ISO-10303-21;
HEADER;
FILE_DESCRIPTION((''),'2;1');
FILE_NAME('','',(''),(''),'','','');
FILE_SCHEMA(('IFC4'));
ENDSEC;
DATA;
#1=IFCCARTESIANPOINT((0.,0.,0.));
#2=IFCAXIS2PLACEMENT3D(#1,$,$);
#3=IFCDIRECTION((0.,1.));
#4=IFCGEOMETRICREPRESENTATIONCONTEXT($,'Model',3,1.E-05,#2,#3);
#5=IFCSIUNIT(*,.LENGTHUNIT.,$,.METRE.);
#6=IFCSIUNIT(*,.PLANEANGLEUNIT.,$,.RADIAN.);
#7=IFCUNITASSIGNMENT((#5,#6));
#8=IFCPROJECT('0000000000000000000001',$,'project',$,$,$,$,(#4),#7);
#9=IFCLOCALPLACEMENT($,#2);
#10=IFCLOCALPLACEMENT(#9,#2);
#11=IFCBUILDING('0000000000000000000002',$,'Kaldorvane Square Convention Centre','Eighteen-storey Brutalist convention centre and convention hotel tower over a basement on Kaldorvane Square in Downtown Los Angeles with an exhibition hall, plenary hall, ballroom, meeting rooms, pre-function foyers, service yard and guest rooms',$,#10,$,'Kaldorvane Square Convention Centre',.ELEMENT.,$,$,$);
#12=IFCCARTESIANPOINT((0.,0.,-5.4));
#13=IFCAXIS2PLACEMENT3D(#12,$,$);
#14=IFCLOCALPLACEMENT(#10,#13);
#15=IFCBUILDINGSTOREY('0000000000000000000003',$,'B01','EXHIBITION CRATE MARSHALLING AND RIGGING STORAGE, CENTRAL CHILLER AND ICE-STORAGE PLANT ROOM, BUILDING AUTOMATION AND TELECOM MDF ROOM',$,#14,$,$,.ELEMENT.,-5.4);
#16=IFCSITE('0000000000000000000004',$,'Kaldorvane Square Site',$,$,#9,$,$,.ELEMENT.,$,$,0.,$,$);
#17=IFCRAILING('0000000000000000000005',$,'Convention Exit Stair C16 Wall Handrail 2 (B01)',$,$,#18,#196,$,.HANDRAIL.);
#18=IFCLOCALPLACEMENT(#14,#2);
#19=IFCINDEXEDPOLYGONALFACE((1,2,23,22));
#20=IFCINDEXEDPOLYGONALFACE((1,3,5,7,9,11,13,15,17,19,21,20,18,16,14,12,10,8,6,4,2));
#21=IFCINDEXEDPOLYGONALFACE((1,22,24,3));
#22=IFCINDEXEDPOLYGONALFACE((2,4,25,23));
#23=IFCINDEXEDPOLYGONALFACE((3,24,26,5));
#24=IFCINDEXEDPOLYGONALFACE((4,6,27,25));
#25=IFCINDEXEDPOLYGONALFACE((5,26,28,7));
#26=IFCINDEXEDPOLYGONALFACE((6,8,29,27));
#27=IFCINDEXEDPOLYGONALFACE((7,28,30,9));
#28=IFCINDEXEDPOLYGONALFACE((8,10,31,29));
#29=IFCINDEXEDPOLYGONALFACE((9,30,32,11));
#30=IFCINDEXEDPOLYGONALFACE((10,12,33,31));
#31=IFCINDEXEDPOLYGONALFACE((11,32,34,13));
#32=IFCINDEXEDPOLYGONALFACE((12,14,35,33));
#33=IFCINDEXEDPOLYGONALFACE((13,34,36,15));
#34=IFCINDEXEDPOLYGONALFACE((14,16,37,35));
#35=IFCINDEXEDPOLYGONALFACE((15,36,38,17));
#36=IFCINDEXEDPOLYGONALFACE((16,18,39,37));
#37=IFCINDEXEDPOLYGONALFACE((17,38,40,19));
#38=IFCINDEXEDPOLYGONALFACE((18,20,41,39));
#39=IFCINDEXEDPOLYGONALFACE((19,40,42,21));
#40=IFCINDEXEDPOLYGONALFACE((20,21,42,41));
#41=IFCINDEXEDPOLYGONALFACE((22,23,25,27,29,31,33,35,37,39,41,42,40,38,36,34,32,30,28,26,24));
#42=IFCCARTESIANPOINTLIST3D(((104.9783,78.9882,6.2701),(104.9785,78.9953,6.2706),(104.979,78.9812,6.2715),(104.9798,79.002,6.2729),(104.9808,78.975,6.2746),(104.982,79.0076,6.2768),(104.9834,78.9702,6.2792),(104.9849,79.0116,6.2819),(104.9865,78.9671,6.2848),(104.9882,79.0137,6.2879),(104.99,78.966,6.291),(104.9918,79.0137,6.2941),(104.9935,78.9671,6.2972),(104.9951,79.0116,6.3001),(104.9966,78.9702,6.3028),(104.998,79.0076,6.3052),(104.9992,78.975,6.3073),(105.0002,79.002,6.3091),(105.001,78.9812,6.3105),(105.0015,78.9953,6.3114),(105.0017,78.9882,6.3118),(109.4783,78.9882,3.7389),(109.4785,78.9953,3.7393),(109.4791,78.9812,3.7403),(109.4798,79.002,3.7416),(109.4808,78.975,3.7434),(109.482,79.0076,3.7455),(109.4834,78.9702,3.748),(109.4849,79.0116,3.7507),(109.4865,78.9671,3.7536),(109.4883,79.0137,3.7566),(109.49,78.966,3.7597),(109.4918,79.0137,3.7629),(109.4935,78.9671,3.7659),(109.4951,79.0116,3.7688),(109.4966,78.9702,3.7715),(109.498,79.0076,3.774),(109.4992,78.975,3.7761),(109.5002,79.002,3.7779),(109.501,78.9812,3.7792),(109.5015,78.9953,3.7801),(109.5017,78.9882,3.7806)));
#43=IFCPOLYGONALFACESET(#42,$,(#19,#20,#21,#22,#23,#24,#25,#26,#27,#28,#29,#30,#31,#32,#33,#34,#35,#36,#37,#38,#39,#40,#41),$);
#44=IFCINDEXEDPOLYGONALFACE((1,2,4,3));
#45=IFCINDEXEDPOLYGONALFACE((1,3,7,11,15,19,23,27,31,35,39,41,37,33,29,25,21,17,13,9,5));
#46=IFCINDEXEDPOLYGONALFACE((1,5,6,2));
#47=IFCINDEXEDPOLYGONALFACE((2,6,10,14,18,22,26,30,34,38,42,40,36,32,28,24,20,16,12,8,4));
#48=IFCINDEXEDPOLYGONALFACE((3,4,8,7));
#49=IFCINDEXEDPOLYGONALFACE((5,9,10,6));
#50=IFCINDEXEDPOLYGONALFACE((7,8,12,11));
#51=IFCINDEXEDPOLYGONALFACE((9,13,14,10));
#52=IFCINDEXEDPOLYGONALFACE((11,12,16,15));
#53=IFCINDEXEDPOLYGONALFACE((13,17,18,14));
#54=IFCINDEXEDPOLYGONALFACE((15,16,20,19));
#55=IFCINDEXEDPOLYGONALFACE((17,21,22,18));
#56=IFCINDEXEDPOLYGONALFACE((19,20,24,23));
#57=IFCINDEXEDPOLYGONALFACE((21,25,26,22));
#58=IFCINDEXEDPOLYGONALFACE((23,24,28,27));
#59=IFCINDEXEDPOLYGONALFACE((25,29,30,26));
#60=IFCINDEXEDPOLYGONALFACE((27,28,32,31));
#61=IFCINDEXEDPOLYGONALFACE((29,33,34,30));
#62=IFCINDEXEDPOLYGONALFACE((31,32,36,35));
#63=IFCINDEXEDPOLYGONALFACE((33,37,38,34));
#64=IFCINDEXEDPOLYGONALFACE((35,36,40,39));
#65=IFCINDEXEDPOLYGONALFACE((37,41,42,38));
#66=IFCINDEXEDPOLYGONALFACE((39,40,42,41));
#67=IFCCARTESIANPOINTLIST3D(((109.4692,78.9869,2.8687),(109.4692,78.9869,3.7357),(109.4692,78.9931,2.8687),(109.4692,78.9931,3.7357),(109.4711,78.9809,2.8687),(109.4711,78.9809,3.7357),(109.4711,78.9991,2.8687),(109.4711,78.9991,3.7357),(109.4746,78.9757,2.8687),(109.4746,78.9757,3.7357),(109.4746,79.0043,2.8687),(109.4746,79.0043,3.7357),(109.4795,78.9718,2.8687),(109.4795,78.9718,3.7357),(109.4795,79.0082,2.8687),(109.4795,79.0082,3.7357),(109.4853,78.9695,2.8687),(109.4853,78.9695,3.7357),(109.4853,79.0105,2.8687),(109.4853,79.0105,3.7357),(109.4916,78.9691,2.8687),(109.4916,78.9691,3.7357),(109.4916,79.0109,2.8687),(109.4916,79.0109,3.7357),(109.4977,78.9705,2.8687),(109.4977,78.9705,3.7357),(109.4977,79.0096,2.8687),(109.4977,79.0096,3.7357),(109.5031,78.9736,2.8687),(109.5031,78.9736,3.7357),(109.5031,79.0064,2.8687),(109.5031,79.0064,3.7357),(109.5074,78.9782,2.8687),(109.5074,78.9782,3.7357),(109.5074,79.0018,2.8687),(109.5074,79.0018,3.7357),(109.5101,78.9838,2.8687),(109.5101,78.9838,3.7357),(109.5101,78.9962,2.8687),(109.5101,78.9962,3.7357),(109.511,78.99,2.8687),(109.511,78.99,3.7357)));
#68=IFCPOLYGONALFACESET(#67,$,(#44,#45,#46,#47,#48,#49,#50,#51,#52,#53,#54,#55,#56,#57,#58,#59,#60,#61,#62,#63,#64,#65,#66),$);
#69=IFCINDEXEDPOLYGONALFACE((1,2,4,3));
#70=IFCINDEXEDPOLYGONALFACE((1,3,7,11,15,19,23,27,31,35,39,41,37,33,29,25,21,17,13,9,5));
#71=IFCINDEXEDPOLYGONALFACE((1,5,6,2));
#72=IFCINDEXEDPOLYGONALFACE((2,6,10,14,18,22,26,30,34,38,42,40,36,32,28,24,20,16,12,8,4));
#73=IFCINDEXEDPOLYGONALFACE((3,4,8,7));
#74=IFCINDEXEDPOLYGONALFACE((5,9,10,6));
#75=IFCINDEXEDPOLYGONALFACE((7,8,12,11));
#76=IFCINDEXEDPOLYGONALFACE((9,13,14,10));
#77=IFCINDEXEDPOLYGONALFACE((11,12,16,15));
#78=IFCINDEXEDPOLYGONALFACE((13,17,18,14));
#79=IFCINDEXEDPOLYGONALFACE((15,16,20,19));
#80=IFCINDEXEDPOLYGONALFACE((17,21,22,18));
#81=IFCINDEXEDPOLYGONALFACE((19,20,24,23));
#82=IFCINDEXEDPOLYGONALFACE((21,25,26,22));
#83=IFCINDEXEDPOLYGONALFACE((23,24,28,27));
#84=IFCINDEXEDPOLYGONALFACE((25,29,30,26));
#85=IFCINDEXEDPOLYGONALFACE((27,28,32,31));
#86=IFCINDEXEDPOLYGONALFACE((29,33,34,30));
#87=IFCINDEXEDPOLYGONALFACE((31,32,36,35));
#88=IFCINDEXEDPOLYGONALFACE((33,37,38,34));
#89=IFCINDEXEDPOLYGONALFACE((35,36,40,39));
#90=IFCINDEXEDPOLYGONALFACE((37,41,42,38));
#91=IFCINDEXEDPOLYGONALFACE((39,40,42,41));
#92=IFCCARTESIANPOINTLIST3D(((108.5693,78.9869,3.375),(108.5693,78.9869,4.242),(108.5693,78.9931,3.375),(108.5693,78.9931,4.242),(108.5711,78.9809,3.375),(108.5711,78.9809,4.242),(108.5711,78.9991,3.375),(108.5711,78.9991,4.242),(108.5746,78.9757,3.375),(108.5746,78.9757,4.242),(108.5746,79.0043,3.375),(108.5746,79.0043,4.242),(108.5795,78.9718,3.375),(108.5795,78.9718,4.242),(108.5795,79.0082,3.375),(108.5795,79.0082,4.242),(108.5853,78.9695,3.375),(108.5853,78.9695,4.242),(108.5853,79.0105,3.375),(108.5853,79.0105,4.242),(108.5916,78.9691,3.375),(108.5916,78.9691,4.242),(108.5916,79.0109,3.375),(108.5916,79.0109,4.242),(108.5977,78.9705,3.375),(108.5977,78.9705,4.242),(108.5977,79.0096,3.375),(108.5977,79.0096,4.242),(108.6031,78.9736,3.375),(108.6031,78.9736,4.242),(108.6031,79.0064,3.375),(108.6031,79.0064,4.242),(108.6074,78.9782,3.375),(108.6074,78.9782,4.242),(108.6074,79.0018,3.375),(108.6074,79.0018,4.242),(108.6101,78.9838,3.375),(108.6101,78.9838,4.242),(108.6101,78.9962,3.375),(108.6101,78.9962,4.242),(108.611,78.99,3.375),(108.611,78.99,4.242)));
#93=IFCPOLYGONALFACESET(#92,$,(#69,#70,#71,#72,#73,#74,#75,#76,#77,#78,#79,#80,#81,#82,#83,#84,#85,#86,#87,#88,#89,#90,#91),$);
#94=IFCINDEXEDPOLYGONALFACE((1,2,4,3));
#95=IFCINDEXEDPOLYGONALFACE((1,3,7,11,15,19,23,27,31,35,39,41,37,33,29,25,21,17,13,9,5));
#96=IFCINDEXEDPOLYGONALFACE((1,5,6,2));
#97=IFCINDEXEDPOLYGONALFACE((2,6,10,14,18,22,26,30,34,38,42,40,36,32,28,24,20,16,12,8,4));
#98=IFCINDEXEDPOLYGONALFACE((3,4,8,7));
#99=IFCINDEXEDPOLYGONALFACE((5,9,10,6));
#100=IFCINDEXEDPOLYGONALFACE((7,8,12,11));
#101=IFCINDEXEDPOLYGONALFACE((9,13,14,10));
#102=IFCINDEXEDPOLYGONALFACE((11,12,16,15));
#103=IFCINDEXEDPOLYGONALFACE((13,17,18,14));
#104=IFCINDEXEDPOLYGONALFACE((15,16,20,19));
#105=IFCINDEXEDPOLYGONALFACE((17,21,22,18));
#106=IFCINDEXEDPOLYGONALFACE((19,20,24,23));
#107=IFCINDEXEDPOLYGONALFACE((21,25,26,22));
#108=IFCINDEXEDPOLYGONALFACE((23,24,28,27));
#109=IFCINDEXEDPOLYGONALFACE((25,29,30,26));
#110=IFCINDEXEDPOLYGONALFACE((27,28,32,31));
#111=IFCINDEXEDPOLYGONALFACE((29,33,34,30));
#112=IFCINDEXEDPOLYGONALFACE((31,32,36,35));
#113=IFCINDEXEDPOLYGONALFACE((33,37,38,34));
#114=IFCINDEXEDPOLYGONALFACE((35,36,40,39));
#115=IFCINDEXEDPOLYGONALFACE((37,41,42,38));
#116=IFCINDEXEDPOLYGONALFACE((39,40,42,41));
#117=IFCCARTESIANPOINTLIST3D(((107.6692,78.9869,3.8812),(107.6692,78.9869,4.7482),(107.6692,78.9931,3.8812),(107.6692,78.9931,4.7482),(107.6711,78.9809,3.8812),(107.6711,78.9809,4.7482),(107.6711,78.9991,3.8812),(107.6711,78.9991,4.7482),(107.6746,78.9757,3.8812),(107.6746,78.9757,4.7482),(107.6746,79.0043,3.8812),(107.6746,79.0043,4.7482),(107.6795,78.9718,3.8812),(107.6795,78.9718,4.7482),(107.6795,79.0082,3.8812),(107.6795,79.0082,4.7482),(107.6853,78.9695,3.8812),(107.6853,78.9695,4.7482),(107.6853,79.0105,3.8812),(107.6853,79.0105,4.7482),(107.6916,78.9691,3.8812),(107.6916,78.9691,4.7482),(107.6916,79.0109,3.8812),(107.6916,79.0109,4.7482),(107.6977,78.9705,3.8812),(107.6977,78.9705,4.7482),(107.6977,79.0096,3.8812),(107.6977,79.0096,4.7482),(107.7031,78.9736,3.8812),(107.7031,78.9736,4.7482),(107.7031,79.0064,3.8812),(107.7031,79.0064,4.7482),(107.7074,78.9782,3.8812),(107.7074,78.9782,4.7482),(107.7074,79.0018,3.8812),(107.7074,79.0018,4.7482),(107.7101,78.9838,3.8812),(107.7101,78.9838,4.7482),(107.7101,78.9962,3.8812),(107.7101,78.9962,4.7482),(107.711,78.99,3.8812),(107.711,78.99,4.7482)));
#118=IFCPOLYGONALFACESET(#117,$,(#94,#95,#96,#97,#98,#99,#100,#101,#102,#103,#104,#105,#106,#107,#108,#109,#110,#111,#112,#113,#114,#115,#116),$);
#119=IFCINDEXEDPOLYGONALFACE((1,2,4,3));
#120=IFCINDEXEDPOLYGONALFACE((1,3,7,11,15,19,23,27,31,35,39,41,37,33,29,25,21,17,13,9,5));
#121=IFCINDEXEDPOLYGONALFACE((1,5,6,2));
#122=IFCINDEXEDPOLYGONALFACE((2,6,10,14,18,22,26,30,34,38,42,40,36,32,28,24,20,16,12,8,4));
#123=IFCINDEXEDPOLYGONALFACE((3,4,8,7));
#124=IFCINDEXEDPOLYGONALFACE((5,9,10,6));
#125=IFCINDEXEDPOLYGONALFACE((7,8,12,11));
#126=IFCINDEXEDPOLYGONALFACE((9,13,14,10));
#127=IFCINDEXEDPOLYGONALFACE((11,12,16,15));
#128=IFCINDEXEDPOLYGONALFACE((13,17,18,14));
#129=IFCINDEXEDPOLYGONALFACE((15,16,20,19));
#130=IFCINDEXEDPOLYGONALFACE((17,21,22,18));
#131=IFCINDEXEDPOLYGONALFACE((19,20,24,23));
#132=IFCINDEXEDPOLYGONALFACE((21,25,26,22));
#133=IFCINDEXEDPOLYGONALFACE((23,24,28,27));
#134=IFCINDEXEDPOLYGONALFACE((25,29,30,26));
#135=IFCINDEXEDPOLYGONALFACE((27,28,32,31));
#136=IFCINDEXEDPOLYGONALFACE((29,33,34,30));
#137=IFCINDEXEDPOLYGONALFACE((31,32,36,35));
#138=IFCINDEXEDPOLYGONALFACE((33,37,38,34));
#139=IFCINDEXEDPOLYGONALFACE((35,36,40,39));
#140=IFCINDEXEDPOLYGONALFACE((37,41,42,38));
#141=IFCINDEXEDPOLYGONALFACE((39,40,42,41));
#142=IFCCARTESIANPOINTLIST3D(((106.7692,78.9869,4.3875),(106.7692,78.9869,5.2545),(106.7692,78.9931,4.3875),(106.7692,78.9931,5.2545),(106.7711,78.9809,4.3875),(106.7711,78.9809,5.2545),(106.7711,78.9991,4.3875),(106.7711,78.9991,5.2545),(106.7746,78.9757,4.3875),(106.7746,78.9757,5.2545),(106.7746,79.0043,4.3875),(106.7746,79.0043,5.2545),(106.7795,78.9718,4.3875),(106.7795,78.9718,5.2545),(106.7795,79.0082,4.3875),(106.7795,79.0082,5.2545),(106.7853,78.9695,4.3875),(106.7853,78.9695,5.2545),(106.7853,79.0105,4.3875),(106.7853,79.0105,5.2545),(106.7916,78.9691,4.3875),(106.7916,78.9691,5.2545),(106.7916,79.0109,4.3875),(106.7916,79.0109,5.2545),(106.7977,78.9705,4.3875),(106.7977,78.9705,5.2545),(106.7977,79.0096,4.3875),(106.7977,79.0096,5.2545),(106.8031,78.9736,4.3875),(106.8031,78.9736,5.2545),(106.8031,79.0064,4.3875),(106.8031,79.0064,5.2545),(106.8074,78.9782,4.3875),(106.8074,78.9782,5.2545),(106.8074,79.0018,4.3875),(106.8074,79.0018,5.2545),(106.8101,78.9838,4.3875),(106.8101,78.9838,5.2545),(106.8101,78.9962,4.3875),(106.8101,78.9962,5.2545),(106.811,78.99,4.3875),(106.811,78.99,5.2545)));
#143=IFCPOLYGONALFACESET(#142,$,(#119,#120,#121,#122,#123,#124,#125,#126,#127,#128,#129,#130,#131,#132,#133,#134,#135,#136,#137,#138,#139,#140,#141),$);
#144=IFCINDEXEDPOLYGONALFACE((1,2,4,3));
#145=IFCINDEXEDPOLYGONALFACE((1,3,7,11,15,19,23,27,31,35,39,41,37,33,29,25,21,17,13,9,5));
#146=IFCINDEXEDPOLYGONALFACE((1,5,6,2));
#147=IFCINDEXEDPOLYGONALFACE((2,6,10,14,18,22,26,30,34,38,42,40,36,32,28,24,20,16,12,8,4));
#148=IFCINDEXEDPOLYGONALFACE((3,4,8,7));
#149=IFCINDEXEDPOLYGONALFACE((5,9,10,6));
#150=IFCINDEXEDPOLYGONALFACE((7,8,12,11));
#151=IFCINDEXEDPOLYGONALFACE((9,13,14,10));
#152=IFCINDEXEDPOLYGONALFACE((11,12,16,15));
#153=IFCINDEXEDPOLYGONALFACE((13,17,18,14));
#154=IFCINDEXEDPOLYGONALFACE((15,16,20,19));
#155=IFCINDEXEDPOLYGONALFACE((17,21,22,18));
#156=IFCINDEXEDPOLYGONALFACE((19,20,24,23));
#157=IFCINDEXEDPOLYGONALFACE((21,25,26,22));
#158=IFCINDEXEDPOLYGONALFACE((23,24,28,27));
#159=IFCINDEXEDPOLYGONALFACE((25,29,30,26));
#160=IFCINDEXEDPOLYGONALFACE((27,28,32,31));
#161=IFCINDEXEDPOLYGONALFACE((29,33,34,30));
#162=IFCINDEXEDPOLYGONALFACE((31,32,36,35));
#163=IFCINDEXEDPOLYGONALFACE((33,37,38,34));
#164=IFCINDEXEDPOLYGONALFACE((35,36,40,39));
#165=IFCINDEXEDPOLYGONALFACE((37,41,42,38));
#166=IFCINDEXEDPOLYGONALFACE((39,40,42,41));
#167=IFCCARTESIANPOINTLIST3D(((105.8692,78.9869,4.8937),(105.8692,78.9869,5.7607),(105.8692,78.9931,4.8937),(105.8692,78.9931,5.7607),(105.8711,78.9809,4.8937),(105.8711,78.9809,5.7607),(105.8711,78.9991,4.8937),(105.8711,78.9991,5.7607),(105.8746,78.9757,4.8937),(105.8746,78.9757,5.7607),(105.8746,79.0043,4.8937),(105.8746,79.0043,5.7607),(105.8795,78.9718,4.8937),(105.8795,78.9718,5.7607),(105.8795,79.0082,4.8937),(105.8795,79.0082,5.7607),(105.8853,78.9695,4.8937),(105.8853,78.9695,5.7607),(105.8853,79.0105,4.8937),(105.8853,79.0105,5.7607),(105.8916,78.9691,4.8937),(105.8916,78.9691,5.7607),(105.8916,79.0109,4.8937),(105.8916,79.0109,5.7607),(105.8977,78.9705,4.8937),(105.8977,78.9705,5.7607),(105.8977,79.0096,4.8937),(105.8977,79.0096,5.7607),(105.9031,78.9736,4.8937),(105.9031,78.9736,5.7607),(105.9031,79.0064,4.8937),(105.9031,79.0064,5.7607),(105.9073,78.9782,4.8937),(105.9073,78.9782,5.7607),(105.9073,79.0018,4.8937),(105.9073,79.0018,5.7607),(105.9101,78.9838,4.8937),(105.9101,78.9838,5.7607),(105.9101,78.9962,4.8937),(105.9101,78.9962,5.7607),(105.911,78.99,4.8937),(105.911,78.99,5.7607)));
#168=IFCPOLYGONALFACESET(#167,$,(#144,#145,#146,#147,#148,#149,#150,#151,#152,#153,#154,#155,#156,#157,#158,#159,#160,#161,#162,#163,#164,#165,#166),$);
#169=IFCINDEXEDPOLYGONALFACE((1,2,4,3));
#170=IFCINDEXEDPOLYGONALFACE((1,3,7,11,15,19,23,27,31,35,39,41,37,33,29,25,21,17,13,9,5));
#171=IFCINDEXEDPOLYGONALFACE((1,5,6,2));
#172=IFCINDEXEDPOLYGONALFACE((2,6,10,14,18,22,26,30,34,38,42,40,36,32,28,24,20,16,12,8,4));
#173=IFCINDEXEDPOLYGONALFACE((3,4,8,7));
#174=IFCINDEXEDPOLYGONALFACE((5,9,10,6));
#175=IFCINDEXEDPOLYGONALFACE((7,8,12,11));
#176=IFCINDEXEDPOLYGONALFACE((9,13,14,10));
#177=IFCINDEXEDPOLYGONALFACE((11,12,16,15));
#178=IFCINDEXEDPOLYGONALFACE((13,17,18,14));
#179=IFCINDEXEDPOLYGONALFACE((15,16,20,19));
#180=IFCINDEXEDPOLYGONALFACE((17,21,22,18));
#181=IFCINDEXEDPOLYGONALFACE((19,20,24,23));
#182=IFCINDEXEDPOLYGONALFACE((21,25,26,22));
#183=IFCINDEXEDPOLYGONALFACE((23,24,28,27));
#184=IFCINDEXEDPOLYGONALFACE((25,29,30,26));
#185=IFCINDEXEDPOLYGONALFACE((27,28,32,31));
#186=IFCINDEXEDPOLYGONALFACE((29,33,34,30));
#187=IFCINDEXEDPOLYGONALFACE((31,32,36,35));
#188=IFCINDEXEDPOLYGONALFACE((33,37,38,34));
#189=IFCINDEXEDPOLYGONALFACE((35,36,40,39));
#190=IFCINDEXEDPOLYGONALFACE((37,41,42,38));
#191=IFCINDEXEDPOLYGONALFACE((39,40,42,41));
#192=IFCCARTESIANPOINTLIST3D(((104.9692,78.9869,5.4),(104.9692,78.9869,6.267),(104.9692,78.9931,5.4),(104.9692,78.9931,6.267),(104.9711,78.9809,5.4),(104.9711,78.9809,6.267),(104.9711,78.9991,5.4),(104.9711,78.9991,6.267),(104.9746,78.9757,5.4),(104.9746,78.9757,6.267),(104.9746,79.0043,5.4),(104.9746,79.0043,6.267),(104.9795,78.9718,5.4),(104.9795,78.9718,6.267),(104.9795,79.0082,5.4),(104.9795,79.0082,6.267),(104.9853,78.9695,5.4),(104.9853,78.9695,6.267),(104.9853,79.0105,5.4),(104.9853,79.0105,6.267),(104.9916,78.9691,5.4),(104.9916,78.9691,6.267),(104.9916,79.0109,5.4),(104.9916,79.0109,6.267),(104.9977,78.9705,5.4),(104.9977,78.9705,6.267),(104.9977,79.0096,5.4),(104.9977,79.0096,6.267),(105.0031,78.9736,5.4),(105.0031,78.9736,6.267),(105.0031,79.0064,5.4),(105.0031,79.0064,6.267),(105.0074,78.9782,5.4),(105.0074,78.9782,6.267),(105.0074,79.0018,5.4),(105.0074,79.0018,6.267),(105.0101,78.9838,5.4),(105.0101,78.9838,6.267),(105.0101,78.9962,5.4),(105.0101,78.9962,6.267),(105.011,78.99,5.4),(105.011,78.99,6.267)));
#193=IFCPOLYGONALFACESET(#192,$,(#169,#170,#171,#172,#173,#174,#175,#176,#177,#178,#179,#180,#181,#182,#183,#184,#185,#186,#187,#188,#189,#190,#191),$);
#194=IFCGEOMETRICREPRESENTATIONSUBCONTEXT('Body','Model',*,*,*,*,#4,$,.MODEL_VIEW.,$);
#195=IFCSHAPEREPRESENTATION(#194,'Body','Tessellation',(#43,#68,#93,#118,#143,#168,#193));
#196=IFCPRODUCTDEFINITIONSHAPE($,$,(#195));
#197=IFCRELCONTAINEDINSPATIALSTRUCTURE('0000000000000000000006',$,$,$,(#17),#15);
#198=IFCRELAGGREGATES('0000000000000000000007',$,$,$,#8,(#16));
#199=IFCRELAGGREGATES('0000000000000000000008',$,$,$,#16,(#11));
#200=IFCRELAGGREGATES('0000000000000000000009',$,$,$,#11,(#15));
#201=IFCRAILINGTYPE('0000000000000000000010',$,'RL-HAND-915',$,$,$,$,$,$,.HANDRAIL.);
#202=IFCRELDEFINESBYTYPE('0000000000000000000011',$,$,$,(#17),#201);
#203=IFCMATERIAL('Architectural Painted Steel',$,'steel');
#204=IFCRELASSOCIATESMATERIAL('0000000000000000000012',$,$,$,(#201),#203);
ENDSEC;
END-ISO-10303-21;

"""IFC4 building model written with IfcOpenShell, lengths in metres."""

from ifc_helpers import new_model, si_unit, direction, frame, origin, origin_2d, place, context, subcontext, project, spatial, circle, extrude, material, type_object, element, save


model = new_model("IFC4")

# Units and contexts
model_context = context("Model", 3, precision=1e-05, world=origin(), true_north=direction((0.0, 1.0)))
body_context = subcontext(model_context, "Body", "Model", "MODEL_VIEW")
ifc_project = project(units=[si_unit("LENGTHUNIT", "METRE"), si_unit("PLANEANGLEUNIT", "RADIAN")], contexts=[model_context])

# Site, building, storey
site_placement = place(None, origin())
site = spatial("IfcSite", under=ifc_project, at=site_placement, Name="Kaldorvane Square Site", CompositionType="ELEMENT", RefElevation=0.0)
building_placement = place(site_placement, origin())
building = spatial("IfcBuilding", under=site, at=building_placement, Name="Kaldorvane Square Convention Centre", Description="Eighteen-storey Brutalist convention centre and convention hotel tower over a basement on Kaldorvane Square in Downtown Los Angeles with an exhibition hall, plenary hall, ballroom, meeting rooms, pre-function foyers, service yard and guest rooms", LongName="Kaldorvane Square Convention Centre", CompositionType="ELEMENT")
storey_placement = place(building_placement, frame((0.0, 0.0, -5.4)))
storey = spatial("IfcBuildingStorey", under=building, at=storey_placement, Name="B01", Description="EXHIBITION CRATE MARSHALLING AND RIGGING STORAGE, CENTRAL CHILLER AND ICE-STORAGE PLANT ROOM, BUILDING AUTOMATION AND TELECOM MDF ROOM", CompositionType="ELEMENT", Elevation=-5.4)

# Railing
ifc_material_1 = material(Name="Architectural Painted Steel", Category="steel")
railing_type_1 = type_object("IfcRailingType", Name="RL-HAND-915", PredefinedType="HANDRAIL", material=ifc_material_1)
railing_1_placement = place(storey_placement, frame((109.49, 78.99, 2.8687)))
element("IfcRailing", 1, at=railing_1_placement, inside=storey, type_object=railing_type_1, Name="Convention Exit Stair C16 Wall Handrail 2 (B01)", PredefinedType="HANDRAIL", context=body_context, shape_type="SweptSolid", body=[
    extrude(circle(Radius=0.024, at=origin_2d()), frame((0.0, 0.0, 0.891), z_axis=(-0.871576, 0.0, 0.490261), x_axis=(0.0, -1.0, 0.0)), (0.0, 0.0, 1.0), 5.1631),
    extrude(circle(Radius=0.021, at=origin_2d()), origin(), (0.0, 0.0, 1.0), 0.867),
    extrude(circle(Radius=0.021, at=origin_2d()), frame((-0.9, 0.0, 0.5063)), (0.0, 0.0, 1.0), 0.867),
    extrude(circle(Radius=0.021, at=origin_2d()), frame((-1.8, 0.0, 1.0125)), (0.0, 0.0, 1.0), 0.867),
    extrude(circle(Radius=0.021, at=origin_2d()), frame((-2.7, 0.0, 1.5188)), (0.0, 0.0, 1.0), 0.867),
    extrude(circle(Radius=0.021, at=origin_2d()), frame((-3.6, 0.0, 2.025)), (0.0, 0.0, 1.0), 0.867),
    extrude(circle(Radius=0.021, at=origin_2d()), frame((-4.5, 0.0, 2.5312)), (0.0, 0.0, 1.0), 0.867),
])

save(model, "model.ifc")
